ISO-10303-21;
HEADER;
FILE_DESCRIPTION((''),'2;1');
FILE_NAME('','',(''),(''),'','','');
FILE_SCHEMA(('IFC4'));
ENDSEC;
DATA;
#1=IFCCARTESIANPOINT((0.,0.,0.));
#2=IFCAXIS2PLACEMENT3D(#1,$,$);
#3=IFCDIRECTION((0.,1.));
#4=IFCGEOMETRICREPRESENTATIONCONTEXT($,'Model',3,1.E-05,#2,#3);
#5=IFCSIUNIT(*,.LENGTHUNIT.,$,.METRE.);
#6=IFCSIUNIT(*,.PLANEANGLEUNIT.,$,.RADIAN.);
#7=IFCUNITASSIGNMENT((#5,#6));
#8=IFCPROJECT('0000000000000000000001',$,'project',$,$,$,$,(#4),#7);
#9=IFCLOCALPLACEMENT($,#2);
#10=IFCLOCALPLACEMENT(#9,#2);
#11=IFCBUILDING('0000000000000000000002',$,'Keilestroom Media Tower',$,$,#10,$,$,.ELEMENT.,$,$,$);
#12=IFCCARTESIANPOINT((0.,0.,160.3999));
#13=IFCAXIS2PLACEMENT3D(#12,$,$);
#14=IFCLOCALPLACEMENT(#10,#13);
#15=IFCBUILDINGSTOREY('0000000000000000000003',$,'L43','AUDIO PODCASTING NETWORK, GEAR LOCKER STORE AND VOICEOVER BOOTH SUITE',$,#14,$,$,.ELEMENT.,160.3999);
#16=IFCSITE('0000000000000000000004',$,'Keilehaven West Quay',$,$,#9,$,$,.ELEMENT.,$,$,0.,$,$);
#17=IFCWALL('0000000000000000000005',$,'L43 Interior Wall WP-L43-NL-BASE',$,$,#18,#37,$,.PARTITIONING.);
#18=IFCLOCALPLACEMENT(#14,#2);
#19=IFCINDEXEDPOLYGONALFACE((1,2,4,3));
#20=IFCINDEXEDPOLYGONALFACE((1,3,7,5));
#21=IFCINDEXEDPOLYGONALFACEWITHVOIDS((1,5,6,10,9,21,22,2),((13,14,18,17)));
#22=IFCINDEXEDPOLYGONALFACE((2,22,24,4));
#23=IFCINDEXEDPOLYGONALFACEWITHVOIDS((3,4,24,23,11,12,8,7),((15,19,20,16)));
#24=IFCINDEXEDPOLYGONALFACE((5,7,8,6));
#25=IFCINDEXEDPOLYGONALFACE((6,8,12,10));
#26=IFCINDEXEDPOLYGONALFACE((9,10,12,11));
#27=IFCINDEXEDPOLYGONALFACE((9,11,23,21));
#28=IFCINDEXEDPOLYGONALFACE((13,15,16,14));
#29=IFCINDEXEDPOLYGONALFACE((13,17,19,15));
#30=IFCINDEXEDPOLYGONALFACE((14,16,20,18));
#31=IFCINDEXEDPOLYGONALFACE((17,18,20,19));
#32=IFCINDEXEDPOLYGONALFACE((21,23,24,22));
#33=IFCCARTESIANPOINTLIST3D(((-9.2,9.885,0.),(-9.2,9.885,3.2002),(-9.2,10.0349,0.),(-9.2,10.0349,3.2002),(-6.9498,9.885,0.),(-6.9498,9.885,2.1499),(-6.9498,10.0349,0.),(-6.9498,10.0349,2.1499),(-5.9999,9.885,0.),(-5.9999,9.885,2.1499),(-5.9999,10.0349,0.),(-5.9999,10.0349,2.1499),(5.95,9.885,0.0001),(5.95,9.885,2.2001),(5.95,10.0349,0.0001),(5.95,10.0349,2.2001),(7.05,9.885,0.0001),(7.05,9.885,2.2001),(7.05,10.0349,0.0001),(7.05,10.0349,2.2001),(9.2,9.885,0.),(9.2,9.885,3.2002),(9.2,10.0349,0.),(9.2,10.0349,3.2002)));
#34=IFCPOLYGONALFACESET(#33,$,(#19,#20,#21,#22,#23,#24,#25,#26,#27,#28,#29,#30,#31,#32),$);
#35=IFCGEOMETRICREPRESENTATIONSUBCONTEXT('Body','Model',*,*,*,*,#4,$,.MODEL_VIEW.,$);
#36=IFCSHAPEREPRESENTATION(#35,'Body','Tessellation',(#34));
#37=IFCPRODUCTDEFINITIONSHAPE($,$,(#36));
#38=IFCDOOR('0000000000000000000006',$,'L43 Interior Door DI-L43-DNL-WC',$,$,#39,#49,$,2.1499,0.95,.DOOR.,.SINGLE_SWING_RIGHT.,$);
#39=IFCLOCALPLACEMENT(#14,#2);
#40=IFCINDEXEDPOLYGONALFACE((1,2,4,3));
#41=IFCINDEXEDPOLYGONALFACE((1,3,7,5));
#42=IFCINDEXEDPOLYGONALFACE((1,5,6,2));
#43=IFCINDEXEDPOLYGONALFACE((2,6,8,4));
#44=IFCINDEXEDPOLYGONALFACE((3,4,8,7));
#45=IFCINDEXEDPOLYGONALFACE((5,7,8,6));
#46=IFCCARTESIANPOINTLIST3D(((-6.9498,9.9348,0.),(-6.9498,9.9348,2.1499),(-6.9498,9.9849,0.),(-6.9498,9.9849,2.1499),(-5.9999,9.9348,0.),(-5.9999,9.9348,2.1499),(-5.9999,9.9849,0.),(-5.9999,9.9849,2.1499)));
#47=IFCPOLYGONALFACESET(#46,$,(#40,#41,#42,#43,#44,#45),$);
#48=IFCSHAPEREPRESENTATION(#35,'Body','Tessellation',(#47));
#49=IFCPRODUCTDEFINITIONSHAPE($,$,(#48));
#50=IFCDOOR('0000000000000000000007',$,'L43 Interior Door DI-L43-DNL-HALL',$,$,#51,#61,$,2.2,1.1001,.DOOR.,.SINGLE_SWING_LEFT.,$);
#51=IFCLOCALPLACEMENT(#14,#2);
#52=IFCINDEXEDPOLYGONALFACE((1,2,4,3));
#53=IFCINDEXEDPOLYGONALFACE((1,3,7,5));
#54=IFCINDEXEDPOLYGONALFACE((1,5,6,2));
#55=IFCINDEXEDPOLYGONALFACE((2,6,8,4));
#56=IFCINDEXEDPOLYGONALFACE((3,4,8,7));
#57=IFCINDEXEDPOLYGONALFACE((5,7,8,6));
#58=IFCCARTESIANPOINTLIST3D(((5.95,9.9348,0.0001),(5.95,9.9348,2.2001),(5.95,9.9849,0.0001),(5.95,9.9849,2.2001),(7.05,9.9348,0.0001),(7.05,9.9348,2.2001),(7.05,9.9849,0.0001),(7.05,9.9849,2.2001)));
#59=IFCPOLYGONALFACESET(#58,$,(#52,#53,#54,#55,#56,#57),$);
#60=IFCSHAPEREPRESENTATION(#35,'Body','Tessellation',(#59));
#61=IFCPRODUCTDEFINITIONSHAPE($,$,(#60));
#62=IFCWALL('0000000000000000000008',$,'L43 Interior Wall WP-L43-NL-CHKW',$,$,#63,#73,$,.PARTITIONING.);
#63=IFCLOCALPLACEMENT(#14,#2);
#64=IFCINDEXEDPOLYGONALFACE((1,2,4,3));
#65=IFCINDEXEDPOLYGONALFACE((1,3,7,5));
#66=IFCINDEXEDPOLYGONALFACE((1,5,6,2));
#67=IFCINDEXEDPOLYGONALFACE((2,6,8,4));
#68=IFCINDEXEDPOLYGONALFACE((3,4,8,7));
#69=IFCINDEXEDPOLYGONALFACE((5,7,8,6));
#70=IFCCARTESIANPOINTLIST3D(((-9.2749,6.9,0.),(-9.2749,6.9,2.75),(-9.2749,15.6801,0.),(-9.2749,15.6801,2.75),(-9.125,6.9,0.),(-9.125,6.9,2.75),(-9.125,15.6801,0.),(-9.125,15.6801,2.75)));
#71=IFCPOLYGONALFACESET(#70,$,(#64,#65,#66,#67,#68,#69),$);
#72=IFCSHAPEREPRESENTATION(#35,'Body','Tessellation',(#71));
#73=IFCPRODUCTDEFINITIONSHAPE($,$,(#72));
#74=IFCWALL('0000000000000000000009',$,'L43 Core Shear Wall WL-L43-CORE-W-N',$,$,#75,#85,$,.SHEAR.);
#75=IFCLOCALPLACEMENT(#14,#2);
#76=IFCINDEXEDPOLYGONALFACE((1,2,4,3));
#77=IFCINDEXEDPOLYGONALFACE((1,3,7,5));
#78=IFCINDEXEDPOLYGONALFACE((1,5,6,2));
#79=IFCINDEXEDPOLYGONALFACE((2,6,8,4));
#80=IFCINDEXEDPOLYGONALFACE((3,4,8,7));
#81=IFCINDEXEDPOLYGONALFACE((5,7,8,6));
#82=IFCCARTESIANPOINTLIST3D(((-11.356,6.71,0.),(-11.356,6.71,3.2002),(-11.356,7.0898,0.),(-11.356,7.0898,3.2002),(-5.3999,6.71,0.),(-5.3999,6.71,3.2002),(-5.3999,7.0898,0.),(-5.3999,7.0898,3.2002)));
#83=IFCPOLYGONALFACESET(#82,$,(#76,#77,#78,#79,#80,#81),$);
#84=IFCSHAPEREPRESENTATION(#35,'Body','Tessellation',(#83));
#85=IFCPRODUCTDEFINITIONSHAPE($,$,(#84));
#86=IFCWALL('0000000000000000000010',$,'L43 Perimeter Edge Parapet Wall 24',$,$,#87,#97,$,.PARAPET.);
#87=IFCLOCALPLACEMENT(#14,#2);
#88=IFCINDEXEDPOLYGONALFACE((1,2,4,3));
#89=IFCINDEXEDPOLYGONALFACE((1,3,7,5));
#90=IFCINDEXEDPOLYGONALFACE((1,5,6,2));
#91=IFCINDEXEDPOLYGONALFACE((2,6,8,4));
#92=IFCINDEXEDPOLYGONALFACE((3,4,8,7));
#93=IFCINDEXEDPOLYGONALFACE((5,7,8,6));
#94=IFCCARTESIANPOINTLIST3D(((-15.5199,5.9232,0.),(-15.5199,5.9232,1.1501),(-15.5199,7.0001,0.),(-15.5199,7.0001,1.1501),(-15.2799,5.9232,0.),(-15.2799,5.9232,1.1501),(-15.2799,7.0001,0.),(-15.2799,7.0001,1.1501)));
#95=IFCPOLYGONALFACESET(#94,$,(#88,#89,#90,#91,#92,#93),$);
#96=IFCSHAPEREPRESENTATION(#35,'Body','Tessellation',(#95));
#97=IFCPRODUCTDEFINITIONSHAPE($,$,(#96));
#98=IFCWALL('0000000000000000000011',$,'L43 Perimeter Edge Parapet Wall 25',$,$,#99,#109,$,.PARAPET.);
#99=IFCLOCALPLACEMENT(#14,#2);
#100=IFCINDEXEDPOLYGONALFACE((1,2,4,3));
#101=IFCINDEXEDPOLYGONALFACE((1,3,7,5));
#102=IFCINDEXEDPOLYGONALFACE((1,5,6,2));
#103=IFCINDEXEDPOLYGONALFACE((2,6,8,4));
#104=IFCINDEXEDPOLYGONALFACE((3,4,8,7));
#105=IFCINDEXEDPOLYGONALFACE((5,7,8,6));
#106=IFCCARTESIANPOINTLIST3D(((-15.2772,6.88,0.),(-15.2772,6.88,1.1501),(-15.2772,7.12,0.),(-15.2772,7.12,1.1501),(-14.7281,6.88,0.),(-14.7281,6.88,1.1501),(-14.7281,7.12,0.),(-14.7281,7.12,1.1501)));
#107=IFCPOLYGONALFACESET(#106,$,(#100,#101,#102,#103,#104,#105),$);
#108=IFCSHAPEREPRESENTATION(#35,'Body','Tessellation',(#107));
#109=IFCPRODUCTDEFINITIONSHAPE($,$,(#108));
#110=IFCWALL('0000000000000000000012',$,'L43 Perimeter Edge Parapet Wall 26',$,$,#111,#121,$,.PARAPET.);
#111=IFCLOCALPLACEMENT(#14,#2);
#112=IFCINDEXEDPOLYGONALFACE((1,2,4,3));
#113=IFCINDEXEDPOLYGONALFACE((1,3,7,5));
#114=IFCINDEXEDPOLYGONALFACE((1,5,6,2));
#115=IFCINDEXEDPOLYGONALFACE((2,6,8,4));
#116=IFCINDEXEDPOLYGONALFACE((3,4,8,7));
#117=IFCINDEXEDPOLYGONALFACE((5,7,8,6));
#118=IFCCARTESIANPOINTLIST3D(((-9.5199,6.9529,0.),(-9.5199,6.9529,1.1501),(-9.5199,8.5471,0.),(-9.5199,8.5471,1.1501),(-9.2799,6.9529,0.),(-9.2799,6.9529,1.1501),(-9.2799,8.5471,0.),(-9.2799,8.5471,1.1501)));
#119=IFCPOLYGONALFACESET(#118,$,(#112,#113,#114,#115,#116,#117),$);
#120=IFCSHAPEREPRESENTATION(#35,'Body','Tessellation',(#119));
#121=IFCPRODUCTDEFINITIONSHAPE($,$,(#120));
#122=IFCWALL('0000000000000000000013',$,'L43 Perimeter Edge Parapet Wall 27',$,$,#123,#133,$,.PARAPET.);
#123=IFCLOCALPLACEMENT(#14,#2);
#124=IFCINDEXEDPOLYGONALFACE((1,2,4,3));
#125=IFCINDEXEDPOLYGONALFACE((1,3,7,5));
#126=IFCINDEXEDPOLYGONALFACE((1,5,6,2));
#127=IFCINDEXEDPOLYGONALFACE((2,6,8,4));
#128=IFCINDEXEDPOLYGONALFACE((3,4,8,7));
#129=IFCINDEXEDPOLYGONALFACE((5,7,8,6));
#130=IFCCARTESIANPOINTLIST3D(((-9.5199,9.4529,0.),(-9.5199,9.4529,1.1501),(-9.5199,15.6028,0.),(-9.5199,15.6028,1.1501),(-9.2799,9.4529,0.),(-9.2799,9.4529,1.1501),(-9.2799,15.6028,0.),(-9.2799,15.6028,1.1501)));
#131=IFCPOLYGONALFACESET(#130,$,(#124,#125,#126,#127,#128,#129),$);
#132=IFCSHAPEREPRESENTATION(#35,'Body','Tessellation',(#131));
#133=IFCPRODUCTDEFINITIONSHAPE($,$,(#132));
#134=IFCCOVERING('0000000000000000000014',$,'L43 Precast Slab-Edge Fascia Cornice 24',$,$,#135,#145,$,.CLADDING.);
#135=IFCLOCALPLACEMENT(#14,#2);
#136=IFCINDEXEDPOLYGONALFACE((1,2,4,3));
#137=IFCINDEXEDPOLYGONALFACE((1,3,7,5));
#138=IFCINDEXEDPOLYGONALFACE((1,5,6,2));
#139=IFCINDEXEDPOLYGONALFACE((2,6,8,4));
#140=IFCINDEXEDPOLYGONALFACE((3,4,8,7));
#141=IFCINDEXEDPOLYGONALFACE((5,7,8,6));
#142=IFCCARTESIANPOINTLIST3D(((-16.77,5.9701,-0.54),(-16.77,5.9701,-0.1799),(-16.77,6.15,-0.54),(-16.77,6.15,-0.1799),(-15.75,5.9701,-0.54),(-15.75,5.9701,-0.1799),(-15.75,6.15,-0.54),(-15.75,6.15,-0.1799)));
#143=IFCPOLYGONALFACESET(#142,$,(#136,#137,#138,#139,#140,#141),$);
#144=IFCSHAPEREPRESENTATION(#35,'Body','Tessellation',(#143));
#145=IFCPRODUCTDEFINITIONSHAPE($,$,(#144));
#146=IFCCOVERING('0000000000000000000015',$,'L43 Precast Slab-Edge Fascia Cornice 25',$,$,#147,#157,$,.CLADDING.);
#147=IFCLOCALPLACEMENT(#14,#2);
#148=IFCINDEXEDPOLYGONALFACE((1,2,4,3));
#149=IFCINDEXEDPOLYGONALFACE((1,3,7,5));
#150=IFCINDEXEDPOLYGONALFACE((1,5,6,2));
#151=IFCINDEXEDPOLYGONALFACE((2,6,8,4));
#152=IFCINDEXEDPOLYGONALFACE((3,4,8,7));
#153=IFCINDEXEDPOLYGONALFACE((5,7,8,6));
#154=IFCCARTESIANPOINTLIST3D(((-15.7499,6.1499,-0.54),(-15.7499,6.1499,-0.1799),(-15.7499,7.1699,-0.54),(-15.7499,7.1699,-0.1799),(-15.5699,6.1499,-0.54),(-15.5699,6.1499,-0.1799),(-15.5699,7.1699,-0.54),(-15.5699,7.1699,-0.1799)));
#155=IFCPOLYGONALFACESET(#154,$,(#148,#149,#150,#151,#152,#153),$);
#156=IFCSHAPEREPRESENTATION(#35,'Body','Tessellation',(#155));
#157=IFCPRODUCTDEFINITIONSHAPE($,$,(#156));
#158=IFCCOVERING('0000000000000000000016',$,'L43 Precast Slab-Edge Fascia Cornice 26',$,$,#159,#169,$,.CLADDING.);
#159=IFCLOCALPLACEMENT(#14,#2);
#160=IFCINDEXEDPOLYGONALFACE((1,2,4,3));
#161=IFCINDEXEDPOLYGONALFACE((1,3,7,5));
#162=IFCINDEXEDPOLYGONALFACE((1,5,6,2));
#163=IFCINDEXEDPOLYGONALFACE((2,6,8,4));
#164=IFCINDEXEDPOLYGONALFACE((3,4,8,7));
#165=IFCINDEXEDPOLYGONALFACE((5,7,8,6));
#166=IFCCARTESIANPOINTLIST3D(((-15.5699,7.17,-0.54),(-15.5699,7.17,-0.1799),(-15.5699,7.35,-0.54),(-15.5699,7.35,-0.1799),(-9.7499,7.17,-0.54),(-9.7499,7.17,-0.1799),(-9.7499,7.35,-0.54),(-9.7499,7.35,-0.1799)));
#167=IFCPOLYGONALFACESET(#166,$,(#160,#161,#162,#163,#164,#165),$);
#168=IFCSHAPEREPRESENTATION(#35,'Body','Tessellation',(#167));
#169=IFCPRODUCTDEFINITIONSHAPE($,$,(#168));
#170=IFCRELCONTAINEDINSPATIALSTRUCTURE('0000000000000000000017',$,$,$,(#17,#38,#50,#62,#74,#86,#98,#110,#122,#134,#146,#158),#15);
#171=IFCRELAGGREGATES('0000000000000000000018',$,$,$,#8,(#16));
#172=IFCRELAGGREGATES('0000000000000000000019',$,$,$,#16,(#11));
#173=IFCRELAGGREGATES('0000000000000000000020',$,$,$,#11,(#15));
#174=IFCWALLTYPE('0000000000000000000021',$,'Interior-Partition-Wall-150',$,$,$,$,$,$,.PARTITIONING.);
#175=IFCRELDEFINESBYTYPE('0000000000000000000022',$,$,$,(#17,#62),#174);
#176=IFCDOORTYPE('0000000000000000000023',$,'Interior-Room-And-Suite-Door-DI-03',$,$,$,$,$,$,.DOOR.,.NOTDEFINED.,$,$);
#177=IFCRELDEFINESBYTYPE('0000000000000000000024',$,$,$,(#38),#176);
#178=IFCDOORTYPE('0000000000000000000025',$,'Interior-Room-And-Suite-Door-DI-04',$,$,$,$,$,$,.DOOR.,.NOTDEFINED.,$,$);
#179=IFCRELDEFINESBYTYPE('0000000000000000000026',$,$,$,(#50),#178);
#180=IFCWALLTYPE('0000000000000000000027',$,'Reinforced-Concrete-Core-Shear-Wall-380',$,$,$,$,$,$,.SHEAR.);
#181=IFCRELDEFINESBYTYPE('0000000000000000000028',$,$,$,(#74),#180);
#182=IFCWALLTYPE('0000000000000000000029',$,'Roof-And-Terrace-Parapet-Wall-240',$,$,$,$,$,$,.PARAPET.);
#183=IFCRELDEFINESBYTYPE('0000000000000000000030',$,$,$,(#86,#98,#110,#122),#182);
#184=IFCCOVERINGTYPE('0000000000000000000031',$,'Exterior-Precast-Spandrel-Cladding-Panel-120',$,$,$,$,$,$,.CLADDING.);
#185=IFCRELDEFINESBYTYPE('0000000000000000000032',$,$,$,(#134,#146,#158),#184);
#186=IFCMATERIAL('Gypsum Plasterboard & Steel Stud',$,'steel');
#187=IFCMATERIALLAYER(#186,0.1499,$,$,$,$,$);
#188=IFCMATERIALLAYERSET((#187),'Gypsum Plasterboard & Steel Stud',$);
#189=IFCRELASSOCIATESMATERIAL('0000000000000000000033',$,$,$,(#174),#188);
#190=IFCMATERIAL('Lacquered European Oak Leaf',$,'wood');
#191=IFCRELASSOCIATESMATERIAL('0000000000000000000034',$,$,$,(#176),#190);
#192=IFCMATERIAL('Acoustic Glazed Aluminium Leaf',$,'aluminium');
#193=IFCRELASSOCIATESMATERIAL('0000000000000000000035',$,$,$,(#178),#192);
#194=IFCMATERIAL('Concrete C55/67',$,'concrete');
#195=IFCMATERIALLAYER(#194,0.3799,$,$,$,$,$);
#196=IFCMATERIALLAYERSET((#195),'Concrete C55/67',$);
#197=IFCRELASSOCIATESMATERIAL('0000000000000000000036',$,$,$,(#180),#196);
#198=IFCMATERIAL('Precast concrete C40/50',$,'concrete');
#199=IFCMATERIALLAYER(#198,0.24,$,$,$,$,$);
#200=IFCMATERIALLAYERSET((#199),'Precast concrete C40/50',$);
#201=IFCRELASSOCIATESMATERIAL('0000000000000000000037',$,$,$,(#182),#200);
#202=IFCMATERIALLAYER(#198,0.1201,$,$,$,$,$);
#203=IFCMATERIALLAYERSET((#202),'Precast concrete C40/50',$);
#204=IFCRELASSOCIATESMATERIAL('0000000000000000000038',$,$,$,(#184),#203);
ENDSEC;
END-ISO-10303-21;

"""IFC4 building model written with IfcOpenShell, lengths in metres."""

from ifc_helpers import new_model, si_unit, direction, frame, frame_2d, origin, origin_2d, place, context, subcontext, project, spatial, rectangle, extrude, source, transform, mapped, material, layer, layer_set, type_object, element, fill, save


model = new_model("IFC4")

# Units and contexts
model_context = context("Model", 3, precision=1e-05, world=origin(), true_north=direction((0.0, 1.0)))
body_context = subcontext(model_context, "Body", "Model", "MODEL_VIEW")
ifc_project = project(units=[si_unit("LENGTHUNIT", "METRE"), si_unit("PLANEANGLEUNIT", "RADIAN")], contexts=[model_context])

# Site, building, storey
site_placement = place(None, origin())
site = spatial("IfcSite", under=ifc_project, at=site_placement, Name="Keilehaven West Quay", CompositionType="ELEMENT", RefElevation=0.0)
building_placement = place(site_placement, origin())
building = spatial("IfcBuilding", under=site, at=building_placement, Name="Keilestroom Media Tower", CompositionType="ELEMENT")
storey_placement = place(building_placement, frame((0.0, 0.0, 160.3999)))
storey = spatial("IfcBuildingStorey", under=building, at=storey_placement, Name="L43", Description="AUDIO PODCASTING NETWORK, GEAR LOCKER STORE AND VOICEOVER BOOTH SUITE", CompositionType="ELEMENT", Elevation=160.3999)

# Shared definitions
ifc_material_1 = material(Name="Precast concrete C40/50", Category="concrete")
ifc_material_2 = material(Name="Concrete C55/67", Category="concrete")

# Shared definitions
ifc_material_3 = material(Name="Gypsum Plasterboard & Steel Stud", Category="steel")

# Wall, openings, doors
ifc_layer_1 = layer(ifc_material_3, 0.1499)
ifc_layer_set_1 = layer_set([ifc_layer_1], Name="Gypsum Plasterboard & Steel Stud")
wall_type_1 = type_object("IfcWallType", Name="Interior-Partition-Wall-150", PredefinedType="PARTITIONING", material=ifc_layer_set_1)
wall_1_placement = place(storey_placement, frame((-9.2, 9.96, 0.0), z_axis=(0.0, 0.0, 1.0), x_axis=(1.0, 0.0, 0.0)))
wall_1 = element("IfcWall", 1, at=wall_1_placement, inside=storey, type_object=wall_type_1, Name="L43 Interior Wall WP-L43-NL-BASE", PredefinedType="PARTITIONING", context=body_context, shape_type="SweptSolid", body=[
    extrude(rectangle(XDim=18.3999, YDim=0.1499, at=frame_2d((9.2, 0.0))), origin(), (0.0, 0.0, 1.0), 3.2002),
])
opening_1_placement = place(wall_1_placement, frame((2.25, 0.0, 0.0)))
opening_1 = element("IfcOpeningElement", 2, at=opening_1_placement, cuts=wall_1, PredefinedType="OPENING", context=body_context, shape_type="SweptSolid", body=[
    extrude(rectangle(XDim=0.95, YDim=2.1499, at=frame_2d((0.4751, 1.075))), frame((0.0, 0.085, 0.0), z_axis=(0.0, -1.0, 0.0), x_axis=(1.0, 0.0, 0.0)), (0.0, 0.0, 1.0), 0.1699),
])
opening_2_placement = place(wall_1_placement, frame((15.1499, 0.0, 0.0)))
opening_2 = element("IfcOpeningElement", 3, at=opening_2_placement, cuts=wall_1, PredefinedType="OPENING", context=body_context, shape_type="SweptSolid", body=[
    extrude(rectangle(XDim=1.1001, YDim=2.2, at=frame_2d((0.55, 1.1001))), frame((0.0, 0.085, 0.0), z_axis=(0.0, -1.0, 0.0), x_axis=(1.0, 0.0, 0.0)), (0.0, 0.0, 1.0), 0.1699),
])
ifc_material_4 = material(Name="Lacquered European Oak Leaf", Category="wood")
door_type_1 = type_object("IfcDoorType", Name="Interior-Room-And-Suite-Door-DI-03", OperationType="NOTDEFINED", PredefinedType="DOOR", material=ifc_material_4)
shared_shape_1 = source(origin(), body_context, "Body", "SweptSolid", [
    extrude(rectangle(XDim=0.95, YDim=2.1499, at=frame_2d((0.4751, 1.075))), frame((0.0, 0.0249, 0.0), z_axis=(0.0, -1.0, 0.0), x_axis=(1.0, 0.0, 0.0)), (0.0, 0.0, 1.0), 0.05),
])
door_1_placement = place(opening_1_placement, origin())
door_1 = element("IfcDoor", 4, at=door_1_placement, inside=storey, type_object=door_type_1, Name="L43 Interior Door DI-L43-DNL-WC", OperationType="SINGLE_SWING_RIGHT", OverallHeight=2.1499, OverallWidth=0.95, PredefinedType="DOOR", context=body_context, shape_type="MappedRepresentation", body=[
    mapped(shared_shape_1, transform((0.0, 0.0, 0.0), x_axis=(1.0, 0.0, 0.0), y_axis=(0.0, 1.0, 0.0), z_axis=(0.0, 0.0, 1.0), scale=1.0)),
])
fill(opening_1, door_1)
ifc_material_5 = material(Name="Acoustic Glazed Aluminium Leaf", Category="aluminium")
door_type_2 = type_object("IfcDoorType", Name="Interior-Room-And-Suite-Door-DI-04", OperationType="NOTDEFINED", PredefinedType="DOOR", material=ifc_material_5)
shared_shape_2 = source(origin(), body_context, "Body", "SweptSolid", [
    extrude(rectangle(XDim=1.1001, YDim=2.2, at=frame_2d((0.55, 1.1001))), frame((0.0, 0.0249, 0.0), z_axis=(0.0, -1.0, 0.0), x_axis=(1.0, 0.0, 0.0)), (0.0, 0.0, 1.0), 0.05),
])
door_2_placement = place(opening_2_placement, origin())
door_2 = element("IfcDoor", 5, at=door_2_placement, inside=storey, type_object=door_type_2, Name="L43 Interior Door DI-L43-DNL-HALL", OperationType="SINGLE_SWING_LEFT", OverallHeight=2.2, OverallWidth=1.1001, PredefinedType="DOOR", context=body_context, shape_type="MappedRepresentation", body=[
    mapped(shared_shape_2, transform((0.0, 0.0, 0.0), x_axis=(1.0, 0.0, 0.0), y_axis=(0.0, 1.0, 0.0), z_axis=(0.0, 0.0, 1.0), scale=1.0)),
])
fill(opening_2, door_2)

# Walls
wall_2_placement = place(storey_placement, frame((-9.2, 6.8999, 0.0), z_axis=(0.0, 0.0, 1.0), x_axis=(0.0, 1.0, 0.0)))
element("IfcWall", 6, at=wall_2_placement, inside=storey, type_object=wall_type_1, Name="L43 Interior Wall WP-L43-NL-CHKW", PredefinedType="PARTITIONING", context=body_context, shape_type="SweptSolid", body=[
    extrude(rectangle(XDim=8.78, YDim=0.1499, at=frame_2d((4.3901, 0.0))), origin(), (0.0, 0.0, 1.0), 2.75),
])
ifc_layer_2 = layer(ifc_material_2, 0.3799)
ifc_layer_set_2 = layer_set([ifc_layer_2], Name="Concrete C55/67")
wall_type_2 = type_object("IfcWallType", Name="Reinforced-Concrete-Core-Shear-Wall-380", PredefinedType="SHEAR", material=ifc_layer_set_2)
wall_3_placement = place(storey_placement, frame((-11.356, 6.8999, 0.0), z_axis=(0.0, 0.0, 1.0), x_axis=(1.0, 0.0, 0.0)))
element("IfcWall", 7, at=wall_3_placement, inside=storey, type_object=wall_type_2, Name="L43 Core Shear Wall WL-L43-CORE-W-N", PredefinedType="SHEAR", context=body_context, shape_type="SweptSolid", body=[
    extrude(rectangle(XDim=5.9561, YDim=0.3799, at=frame_2d((2.978, 0.0))), origin(), (0.0, 0.0, 1.0), 3.2002),
])
ifc_layer_3 = layer(ifc_material_1, 0.24)
ifc_layer_set_3 = layer_set([ifc_layer_3], Name="Precast concrete C40/50")
wall_type_3 = type_object("IfcWallType", Name="Roof-And-Terrace-Parapet-Wall-240", PredefinedType="PARAPET", material=ifc_layer_set_3)
wall_4_placement = place(storey_placement, frame((-15.3999, 5.9231, 0.0), z_axis=(0.0, 0.0, 1.0), x_axis=(0.0, 1.0, 0.0)))
element("IfcWall", 8, at=wall_4_placement, inside=storey, type_object=wall_type_3, Name="L43 Perimeter Edge Parapet Wall 24", PredefinedType="PARAPET", context=body_context, shape_type="SweptSolid", body=[
    extrude(rectangle(XDim=1.0769, YDim=0.24, at=frame_2d((0.5386, 0.0))), origin(), (0.0, 0.0, 1.0), 1.1501),
])
wall_5_placement = place(storey_placement, frame((-15.2771, 7.0, 0.0), z_axis=(0.0, 0.0, 1.0), x_axis=(1.0, 0.0, 0.0)))
element("IfcWall", 9, at=wall_5_placement, inside=storey, type_object=wall_type_3, Name="L43 Perimeter Edge Parapet Wall 25", PredefinedType="PARAPET", context=body_context, shape_type="SweptSolid", body=[
    extrude(rectangle(XDim=0.5491, YDim=0.24, at=frame_2d((0.2744, 0.0))), origin(), (0.0, 0.0, 1.0), 1.1501),
])
wall_6_placement = place(storey_placement, frame((-9.3999, 6.9529, 0.0), z_axis=(0.0, 0.0, 1.0), x_axis=(0.0, 1.0, 0.0)))
element("IfcWall", 10, at=wall_6_placement, inside=storey, type_object=wall_type_3, Name="L43 Perimeter Edge Parapet Wall 26", PredefinedType="PARAPET", context=body_context, shape_type="SweptSolid", body=[
    extrude(rectangle(XDim=1.5942, YDim=0.24, at=frame_2d((0.7971, 0.0))), origin(), (0.0, 0.0, 1.0), 1.1501),
])
wall_7_placement = place(storey_placement, frame((-9.3999, 9.4529, 0.0), z_axis=(0.0, 0.0, 1.0), x_axis=(0.0, 1.0, 0.0)))
element("IfcWall", 11, at=wall_7_placement, inside=storey, type_object=wall_type_3, Name="L43 Perimeter Edge Parapet Wall 27", PredefinedType="PARAPET", context=body_context, shape_type="SweptSolid", body=[
    extrude(rectangle(XDim=6.1499, YDim=0.24, at=frame_2d((3.075, 0.0))), origin(), (0.0, 0.0, 1.0), 1.1501),
])

# Coverings
ifc_layer_4 = layer(ifc_material_1, 0.1201)
ifc_layer_set_4 = layer_set([ifc_layer_4], Name="Precast concrete C40/50")
covering_type = type_object("IfcCoveringType", Name="Exterior-Precast-Spandrel-Cladding-Panel-120", PredefinedType="CLADDING", material=ifc_layer_set_4)
shared_shape_3 = source(origin(), body_context, "Body", "SweptSolid", [
    extrude(rectangle(XDim=1.02, YDim=0.1799, at=origin_2d()), origin(), (0.0, 0.0, 1.0), 0.3601),
])
for number, where, z_axis, x_axis, name in (
    (12, (-16.26, 6.0601, -0.54), (0.0, 0.0, 1.0), (1.0, 0.0, 0.0), "L43 Precast Slab-Edge Fascia Cornice 24"),
    (13, (-15.6599, 6.6599, -0.54), (0.0, 0.0, 1.0), (0.0, 1.0, 0.0), "L43 Precast Slab-Edge Fascia Cornice 25"),
):
    element("IfcCovering", number, at=place(storey_placement, frame(where, z_axis=z_axis, x_axis=x_axis)), inside=storey, type_object=covering_type, Name=name, PredefinedType="CLADDING", context=body_context, shape_type="MappedRepresentation", body=[
        mapped(shared_shape_3, transform((0.0, 0.0, 0.0), x_axis=(1.0, 0.0, 0.0), y_axis=(0.0, 1.0, 0.0), z_axis=(0.0, 0.0, 1.0), scale=1.0)),
    ])
shared_shape_4 = source(origin(), body_context, "Body", "SweptSolid", [
    extrude(rectangle(XDim=5.8201, YDim=0.1799, at=origin_2d()), origin(), (0.0, 0.0, 1.0), 0.3601),
])
covering_placement = place(storey_placement, frame((-12.6599, 7.26, -0.54), z_axis=(0.0, 0.0, 1.0), x_axis=(1.0, 0.0, 0.0)))
element("IfcCovering", 14, at=covering_placement, inside=storey, type_object=covering_type, Name="L43 Precast Slab-Edge Fascia Cornice 26", PredefinedType="CLADDING", context=body_context, shape_type="MappedRepresentation", body=[
    mapped(shared_shape_4, transform((0.0, 0.0, 0.0), x_axis=(1.0, 0.0, 0.0), y_axis=(0.0, 1.0, 0.0), z_axis=(0.0, 0.0, 1.0), scale=1.0)),
])

save(model, "model.ifc")
